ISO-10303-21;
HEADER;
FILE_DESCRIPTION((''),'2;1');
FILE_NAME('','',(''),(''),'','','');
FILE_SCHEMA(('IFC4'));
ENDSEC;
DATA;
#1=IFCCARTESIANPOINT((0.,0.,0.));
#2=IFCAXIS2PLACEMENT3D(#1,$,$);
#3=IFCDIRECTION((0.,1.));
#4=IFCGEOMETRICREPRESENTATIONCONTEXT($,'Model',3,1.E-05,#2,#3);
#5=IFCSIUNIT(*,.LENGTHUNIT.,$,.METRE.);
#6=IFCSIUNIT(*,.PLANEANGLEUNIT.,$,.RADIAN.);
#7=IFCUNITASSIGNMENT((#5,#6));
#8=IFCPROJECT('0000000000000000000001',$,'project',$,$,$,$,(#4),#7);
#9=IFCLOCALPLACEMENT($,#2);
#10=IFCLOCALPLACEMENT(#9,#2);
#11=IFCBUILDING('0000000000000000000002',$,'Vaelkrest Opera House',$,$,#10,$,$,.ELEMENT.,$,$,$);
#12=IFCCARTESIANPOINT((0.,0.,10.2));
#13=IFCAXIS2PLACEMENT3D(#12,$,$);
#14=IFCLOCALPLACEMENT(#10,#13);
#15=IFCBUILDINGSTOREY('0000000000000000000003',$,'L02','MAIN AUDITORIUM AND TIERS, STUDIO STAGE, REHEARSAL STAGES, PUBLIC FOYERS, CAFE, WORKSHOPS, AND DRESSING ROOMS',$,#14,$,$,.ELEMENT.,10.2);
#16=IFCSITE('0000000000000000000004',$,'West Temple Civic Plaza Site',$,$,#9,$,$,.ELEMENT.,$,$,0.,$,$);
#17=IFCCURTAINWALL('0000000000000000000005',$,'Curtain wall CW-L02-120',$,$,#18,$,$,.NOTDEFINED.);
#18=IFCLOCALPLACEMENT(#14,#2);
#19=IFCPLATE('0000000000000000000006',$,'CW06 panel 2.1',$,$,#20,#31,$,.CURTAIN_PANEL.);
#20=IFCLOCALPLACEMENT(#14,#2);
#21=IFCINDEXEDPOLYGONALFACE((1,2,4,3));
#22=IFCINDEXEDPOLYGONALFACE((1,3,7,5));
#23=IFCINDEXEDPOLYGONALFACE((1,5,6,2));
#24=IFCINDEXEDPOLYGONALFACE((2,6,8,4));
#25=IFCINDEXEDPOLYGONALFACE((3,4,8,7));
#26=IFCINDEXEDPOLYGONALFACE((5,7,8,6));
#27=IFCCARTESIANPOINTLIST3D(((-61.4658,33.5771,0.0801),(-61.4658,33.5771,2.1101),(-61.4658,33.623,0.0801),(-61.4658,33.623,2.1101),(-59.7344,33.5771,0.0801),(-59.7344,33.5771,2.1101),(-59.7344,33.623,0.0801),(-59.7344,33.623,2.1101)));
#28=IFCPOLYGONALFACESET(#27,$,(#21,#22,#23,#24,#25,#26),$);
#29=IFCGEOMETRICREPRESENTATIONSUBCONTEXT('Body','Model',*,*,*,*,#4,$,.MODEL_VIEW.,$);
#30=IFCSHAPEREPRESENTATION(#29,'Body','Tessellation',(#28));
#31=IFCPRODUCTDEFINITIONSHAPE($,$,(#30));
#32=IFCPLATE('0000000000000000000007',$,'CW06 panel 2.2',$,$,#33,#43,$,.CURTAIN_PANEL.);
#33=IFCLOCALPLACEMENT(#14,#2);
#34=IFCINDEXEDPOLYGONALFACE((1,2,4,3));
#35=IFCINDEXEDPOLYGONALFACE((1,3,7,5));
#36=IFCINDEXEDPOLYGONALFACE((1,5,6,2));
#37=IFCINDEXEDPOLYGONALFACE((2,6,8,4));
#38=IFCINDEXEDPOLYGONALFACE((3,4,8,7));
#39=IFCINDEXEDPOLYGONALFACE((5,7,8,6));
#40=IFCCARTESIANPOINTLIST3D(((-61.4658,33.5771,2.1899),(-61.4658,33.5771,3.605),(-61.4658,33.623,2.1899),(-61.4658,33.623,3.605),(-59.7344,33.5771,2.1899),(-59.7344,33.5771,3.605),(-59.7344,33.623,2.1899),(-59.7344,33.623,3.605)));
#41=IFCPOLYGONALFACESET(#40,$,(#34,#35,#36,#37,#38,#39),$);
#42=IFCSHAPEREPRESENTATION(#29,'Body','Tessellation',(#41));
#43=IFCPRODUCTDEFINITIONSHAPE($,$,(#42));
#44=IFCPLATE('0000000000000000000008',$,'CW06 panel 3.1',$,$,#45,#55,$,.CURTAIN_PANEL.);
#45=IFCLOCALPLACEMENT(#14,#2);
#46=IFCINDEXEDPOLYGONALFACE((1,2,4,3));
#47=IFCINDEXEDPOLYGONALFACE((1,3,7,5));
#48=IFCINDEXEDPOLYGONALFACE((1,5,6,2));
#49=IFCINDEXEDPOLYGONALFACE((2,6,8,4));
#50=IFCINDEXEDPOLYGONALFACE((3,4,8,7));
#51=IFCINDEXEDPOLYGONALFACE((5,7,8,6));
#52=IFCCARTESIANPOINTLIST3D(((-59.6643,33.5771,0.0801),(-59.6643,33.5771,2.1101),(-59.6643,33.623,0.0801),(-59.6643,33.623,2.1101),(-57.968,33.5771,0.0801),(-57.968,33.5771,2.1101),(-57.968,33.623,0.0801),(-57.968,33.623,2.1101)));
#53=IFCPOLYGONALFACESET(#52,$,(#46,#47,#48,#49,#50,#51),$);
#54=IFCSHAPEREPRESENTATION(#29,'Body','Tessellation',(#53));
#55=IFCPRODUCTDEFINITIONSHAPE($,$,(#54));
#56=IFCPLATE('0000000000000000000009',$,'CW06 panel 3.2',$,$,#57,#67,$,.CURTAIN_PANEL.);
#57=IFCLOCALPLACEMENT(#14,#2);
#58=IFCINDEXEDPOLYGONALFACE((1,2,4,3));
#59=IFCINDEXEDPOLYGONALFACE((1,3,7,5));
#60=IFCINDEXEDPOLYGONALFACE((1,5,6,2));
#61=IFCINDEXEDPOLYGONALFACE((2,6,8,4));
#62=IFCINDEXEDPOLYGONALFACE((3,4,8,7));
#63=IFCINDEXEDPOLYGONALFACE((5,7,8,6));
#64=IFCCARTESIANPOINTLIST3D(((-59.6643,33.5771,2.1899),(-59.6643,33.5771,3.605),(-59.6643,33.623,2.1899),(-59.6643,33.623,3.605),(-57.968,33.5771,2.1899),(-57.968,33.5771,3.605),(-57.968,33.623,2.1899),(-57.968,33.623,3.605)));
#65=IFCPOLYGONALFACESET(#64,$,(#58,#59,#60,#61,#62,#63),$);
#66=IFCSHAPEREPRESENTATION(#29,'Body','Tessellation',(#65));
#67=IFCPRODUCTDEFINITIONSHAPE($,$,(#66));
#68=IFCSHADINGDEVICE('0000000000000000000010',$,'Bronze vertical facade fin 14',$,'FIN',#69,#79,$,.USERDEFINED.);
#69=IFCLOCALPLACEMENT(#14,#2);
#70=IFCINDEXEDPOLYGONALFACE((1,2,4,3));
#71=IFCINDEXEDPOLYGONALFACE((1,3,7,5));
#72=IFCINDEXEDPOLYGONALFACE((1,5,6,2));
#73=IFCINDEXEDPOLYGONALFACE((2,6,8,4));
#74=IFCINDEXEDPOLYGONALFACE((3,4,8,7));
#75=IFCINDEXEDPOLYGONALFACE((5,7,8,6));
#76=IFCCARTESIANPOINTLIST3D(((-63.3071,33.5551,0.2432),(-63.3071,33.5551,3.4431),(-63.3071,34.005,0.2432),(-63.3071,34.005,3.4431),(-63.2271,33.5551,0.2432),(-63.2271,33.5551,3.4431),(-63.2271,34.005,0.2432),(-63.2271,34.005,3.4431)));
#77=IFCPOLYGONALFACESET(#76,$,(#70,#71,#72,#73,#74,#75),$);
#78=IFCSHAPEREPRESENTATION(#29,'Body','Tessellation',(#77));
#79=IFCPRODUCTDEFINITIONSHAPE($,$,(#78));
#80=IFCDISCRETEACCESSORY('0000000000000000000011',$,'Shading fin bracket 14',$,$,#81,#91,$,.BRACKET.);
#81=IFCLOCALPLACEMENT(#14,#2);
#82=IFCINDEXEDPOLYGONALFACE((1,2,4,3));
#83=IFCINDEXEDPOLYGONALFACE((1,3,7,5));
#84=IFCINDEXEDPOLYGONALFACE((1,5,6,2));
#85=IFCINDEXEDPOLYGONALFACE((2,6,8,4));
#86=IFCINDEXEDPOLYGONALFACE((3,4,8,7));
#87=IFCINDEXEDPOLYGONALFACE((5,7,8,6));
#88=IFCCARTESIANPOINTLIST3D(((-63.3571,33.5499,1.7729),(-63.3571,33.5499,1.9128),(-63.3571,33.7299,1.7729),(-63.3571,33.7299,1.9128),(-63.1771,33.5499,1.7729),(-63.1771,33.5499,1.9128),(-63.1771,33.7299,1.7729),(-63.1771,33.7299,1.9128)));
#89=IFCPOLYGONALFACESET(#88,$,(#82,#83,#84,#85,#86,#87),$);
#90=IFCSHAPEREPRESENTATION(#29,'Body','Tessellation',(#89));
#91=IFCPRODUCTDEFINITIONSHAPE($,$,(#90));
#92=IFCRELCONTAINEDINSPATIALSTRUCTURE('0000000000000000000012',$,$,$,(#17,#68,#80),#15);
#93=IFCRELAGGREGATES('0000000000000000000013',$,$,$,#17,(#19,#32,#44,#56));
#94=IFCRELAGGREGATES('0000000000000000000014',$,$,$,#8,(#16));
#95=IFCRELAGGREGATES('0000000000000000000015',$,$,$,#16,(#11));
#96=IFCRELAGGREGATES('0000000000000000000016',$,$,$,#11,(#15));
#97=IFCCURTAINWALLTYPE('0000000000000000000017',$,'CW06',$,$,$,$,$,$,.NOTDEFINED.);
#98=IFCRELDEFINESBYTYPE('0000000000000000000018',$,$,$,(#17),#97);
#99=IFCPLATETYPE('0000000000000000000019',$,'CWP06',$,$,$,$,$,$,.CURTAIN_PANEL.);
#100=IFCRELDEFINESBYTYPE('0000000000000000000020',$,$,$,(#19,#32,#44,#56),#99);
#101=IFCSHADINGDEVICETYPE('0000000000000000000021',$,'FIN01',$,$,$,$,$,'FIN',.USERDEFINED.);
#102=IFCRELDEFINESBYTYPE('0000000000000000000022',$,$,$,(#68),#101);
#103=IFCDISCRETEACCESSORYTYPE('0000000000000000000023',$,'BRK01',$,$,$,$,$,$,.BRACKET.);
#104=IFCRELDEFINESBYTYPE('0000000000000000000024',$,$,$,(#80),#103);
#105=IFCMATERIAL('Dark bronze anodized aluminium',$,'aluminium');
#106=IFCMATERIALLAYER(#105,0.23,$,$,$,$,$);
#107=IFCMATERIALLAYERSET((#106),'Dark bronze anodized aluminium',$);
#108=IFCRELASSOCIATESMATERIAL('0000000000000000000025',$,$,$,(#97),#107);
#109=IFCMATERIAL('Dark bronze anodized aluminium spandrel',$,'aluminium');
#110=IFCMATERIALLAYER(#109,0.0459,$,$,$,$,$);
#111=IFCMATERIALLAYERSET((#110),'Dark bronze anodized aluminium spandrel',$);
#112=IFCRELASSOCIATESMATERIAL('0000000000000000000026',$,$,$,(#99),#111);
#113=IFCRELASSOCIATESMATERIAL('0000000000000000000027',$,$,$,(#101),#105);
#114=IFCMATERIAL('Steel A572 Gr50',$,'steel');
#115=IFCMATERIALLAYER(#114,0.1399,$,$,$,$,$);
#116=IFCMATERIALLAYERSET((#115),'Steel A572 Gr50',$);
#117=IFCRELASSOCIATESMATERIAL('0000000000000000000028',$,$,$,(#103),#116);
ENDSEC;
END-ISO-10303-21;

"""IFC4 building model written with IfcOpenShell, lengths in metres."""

from ifc_helpers import new_model, si_unit, direction, frame, origin, origin_2d, place, context, subcontext, project, spatial, rectangle, extrude, material, layer, layer_set, type_object, element, aggregate, save


model = new_model("IFC4")

# Units and contexts
model_context = context("Model", 3, precision=1e-05, world=origin(), true_north=direction((0.0, 1.0)))
body_context = subcontext(model_context, "Body", "Model", "MODEL_VIEW")
ifc_project = project(units=[si_unit("LENGTHUNIT", "METRE"), si_unit("PLANEANGLEUNIT", "RADIAN")], contexts=[model_context])

# Site, building, storey
site_placement = place(None, origin())
site = spatial("IfcSite", under=ifc_project, at=site_placement, Name="West Temple Civic Plaza Site", CompositionType="ELEMENT", RefElevation=0.0)
building_placement = place(site_placement, origin())
building = spatial("IfcBuilding", under=site, at=building_placement, Name="Vaelkrest Opera House", CompositionType="ELEMENT")
storey_placement = place(building_placement, frame((0.0, 0.0, 10.2)))
storey = spatial("IfcBuildingStorey", under=building, at=storey_placement, Name="L02", Description="MAIN AUDITORIUM AND TIERS, STUDIO STAGE, REHEARSAL STAGES, PUBLIC FOYERS, CAFE, WORKSHOPS, AND DRESSING ROOMS", CompositionType="ELEMENT", Elevation=10.2)

# Curtain wall
ifc_material_1 = material(Name="Dark bronze anodized aluminium", Category="aluminium")
ifc_layer_1 = layer(ifc_material_1, 0.23)
ifc_layer_set_1 = layer_set([ifc_layer_1], Name="Dark bronze anodized aluminium")
curtain_wall_type = type_object("IfcCurtainWallType", Name="CW06", PredefinedType="NOTDEFINED", material=ifc_layer_set_1)
curtain_wall_placement = place(storey_placement, origin())
curtain_wall = element("IfcCurtainWall", 1, at=curtain_wall_placement, inside=storey, type_object=curtain_wall_type, Name="Curtain wall CW-L02-120", PredefinedType="NOTDEFINED")

# Plates
ifc_material_2 = material(Name="Dark bronze anodized aluminium spandrel", Category="aluminium")
ifc_layer_2 = layer(ifc_material_2, 0.0459)
ifc_layer_set_2 = layer_set([ifc_layer_2], Name="Dark bronze anodized aluminium spandrel")
plate_type = type_object("IfcPlateType", Name="CWP06", PredefinedType="CURTAIN_PANEL", material=ifc_layer_set_2)
plate_1_placement = place(storey_placement, frame((-60.6001, 33.6001, 0.0801), z_axis=(0.0, 0.0, 1.0), x_axis=(1.0, 0.0, 0.0)))
plate_1 = element("IfcPlate", 2, at=plate_1_placement, type_object=plate_type, Name="CW06 panel 2.1", PredefinedType="CURTAIN_PANEL", context=body_context, shape_type="SweptSolid", body=[
    extrude(rectangle(XDim=1.7314, YDim=0.0459, at=origin_2d()), origin(), (0.0, 0.0, 1.0), 2.03),
])
plate_2_placement = place(storey_placement, frame((-60.6001, 33.6001, 2.1899), z_axis=(0.0, 0.0, 1.0), x_axis=(1.0, 0.0, 0.0)))
plate_2 = element("IfcPlate", 3, at=plate_2_placement, type_object=plate_type, Name="CW06 panel 2.2", PredefinedType="CURTAIN_PANEL", context=body_context, shape_type="SweptSolid", body=[
    extrude(rectangle(XDim=1.7314, YDim=0.0459, at=origin_2d()), origin(), (0.0, 0.0, 1.0), 1.415),
])
plate_3_placement = place(storey_placement, frame((-58.8162, 33.6001, 0.0801), z_axis=(0.0, 0.0, 1.0), x_axis=(1.0, 0.0, 0.0)))
plate_3 = element("IfcPlate", 4, at=plate_3_placement, type_object=plate_type, Name="CW06 panel 3.1", PredefinedType="CURTAIN_PANEL", context=body_context, shape_type="SweptSolid", body=[
    extrude(rectangle(XDim=1.6963, YDim=0.0459, at=origin_2d()), origin(), (0.0, 0.0, 1.0), 2.03),
])
plate_4_placement = place(storey_placement, frame((-58.8162, 33.6001, 2.1899), z_axis=(0.0, 0.0, 1.0), x_axis=(1.0, 0.0, 0.0)))
plate_4 = element("IfcPlate", 5, at=plate_4_placement, type_object=plate_type, Name="CW06 panel 3.2", PredefinedType="CURTAIN_PANEL", context=body_context, shape_type="SweptSolid", body=[
    extrude(rectangle(XDim=1.6963, YDim=0.0459, at=origin_2d()), origin(), (0.0, 0.0, 1.0), 1.415),
])
aggregate(curtain_wall, [plate_1, plate_2, plate_3, plate_4])

# Shading device
shading_device_type = type_object("IfcShadingDeviceType", Name="FIN01", ElementType="FIN", PredefinedType="USERDEFINED", material=ifc_material_1)
shading_device_placement = place(storey_placement, frame((-63.2671, 33.78, 0.2432), z_axis=(0.0, 0.0, 1.0), x_axis=(0.0, 1.0, 0.0)))
element("IfcShadingDevice", 6, at=shading_device_placement, inside=storey, type_object=shading_device_type, Name="Bronze vertical facade fin 14", ObjectType="FIN", PredefinedType="USERDEFINED", context=body_context, shape_type="SweptSolid", body=[
    extrude(rectangle(XDim=0.45, YDim=0.0801, at=origin_2d()), origin(), (0.0, 0.0, 1.0), 3.2),
])

# Discrete accessory
ifc_material_3 = material(Name="Steel A572 Gr50", Category="steel")
ifc_layer_3 = layer(ifc_material_3, 0.1399)
ifc_layer_set_3 = layer_set([ifc_layer_3], Name="Steel A572 Gr50")
discrete_accessory_type = type_object("IfcDiscreteAccessoryType", Name="BRK01", PredefinedType="BRACKET", material=ifc_layer_set_3)
discrete_accessory_placement = place(storey_placement, frame((-63.2671, 33.6399, 1.7729), z_axis=(0.0, 0.0, 1.0), x_axis=(0.0, 1.0, 0.0)))
element("IfcDiscreteAccessory", 7, at=discrete_accessory_placement, inside=storey, type_object=discrete_accessory_type, Name="Shading fin bracket 14", PredefinedType="BRACKET", context=body_context, shape_type="SweptSolid", body=[
    extrude(rectangle(XDim=0.1799, YDim=0.1799, at=origin_2d()), origin(), (0.0, 0.0, 1.0), 0.1399),
])

save(model, "model.ifc")
